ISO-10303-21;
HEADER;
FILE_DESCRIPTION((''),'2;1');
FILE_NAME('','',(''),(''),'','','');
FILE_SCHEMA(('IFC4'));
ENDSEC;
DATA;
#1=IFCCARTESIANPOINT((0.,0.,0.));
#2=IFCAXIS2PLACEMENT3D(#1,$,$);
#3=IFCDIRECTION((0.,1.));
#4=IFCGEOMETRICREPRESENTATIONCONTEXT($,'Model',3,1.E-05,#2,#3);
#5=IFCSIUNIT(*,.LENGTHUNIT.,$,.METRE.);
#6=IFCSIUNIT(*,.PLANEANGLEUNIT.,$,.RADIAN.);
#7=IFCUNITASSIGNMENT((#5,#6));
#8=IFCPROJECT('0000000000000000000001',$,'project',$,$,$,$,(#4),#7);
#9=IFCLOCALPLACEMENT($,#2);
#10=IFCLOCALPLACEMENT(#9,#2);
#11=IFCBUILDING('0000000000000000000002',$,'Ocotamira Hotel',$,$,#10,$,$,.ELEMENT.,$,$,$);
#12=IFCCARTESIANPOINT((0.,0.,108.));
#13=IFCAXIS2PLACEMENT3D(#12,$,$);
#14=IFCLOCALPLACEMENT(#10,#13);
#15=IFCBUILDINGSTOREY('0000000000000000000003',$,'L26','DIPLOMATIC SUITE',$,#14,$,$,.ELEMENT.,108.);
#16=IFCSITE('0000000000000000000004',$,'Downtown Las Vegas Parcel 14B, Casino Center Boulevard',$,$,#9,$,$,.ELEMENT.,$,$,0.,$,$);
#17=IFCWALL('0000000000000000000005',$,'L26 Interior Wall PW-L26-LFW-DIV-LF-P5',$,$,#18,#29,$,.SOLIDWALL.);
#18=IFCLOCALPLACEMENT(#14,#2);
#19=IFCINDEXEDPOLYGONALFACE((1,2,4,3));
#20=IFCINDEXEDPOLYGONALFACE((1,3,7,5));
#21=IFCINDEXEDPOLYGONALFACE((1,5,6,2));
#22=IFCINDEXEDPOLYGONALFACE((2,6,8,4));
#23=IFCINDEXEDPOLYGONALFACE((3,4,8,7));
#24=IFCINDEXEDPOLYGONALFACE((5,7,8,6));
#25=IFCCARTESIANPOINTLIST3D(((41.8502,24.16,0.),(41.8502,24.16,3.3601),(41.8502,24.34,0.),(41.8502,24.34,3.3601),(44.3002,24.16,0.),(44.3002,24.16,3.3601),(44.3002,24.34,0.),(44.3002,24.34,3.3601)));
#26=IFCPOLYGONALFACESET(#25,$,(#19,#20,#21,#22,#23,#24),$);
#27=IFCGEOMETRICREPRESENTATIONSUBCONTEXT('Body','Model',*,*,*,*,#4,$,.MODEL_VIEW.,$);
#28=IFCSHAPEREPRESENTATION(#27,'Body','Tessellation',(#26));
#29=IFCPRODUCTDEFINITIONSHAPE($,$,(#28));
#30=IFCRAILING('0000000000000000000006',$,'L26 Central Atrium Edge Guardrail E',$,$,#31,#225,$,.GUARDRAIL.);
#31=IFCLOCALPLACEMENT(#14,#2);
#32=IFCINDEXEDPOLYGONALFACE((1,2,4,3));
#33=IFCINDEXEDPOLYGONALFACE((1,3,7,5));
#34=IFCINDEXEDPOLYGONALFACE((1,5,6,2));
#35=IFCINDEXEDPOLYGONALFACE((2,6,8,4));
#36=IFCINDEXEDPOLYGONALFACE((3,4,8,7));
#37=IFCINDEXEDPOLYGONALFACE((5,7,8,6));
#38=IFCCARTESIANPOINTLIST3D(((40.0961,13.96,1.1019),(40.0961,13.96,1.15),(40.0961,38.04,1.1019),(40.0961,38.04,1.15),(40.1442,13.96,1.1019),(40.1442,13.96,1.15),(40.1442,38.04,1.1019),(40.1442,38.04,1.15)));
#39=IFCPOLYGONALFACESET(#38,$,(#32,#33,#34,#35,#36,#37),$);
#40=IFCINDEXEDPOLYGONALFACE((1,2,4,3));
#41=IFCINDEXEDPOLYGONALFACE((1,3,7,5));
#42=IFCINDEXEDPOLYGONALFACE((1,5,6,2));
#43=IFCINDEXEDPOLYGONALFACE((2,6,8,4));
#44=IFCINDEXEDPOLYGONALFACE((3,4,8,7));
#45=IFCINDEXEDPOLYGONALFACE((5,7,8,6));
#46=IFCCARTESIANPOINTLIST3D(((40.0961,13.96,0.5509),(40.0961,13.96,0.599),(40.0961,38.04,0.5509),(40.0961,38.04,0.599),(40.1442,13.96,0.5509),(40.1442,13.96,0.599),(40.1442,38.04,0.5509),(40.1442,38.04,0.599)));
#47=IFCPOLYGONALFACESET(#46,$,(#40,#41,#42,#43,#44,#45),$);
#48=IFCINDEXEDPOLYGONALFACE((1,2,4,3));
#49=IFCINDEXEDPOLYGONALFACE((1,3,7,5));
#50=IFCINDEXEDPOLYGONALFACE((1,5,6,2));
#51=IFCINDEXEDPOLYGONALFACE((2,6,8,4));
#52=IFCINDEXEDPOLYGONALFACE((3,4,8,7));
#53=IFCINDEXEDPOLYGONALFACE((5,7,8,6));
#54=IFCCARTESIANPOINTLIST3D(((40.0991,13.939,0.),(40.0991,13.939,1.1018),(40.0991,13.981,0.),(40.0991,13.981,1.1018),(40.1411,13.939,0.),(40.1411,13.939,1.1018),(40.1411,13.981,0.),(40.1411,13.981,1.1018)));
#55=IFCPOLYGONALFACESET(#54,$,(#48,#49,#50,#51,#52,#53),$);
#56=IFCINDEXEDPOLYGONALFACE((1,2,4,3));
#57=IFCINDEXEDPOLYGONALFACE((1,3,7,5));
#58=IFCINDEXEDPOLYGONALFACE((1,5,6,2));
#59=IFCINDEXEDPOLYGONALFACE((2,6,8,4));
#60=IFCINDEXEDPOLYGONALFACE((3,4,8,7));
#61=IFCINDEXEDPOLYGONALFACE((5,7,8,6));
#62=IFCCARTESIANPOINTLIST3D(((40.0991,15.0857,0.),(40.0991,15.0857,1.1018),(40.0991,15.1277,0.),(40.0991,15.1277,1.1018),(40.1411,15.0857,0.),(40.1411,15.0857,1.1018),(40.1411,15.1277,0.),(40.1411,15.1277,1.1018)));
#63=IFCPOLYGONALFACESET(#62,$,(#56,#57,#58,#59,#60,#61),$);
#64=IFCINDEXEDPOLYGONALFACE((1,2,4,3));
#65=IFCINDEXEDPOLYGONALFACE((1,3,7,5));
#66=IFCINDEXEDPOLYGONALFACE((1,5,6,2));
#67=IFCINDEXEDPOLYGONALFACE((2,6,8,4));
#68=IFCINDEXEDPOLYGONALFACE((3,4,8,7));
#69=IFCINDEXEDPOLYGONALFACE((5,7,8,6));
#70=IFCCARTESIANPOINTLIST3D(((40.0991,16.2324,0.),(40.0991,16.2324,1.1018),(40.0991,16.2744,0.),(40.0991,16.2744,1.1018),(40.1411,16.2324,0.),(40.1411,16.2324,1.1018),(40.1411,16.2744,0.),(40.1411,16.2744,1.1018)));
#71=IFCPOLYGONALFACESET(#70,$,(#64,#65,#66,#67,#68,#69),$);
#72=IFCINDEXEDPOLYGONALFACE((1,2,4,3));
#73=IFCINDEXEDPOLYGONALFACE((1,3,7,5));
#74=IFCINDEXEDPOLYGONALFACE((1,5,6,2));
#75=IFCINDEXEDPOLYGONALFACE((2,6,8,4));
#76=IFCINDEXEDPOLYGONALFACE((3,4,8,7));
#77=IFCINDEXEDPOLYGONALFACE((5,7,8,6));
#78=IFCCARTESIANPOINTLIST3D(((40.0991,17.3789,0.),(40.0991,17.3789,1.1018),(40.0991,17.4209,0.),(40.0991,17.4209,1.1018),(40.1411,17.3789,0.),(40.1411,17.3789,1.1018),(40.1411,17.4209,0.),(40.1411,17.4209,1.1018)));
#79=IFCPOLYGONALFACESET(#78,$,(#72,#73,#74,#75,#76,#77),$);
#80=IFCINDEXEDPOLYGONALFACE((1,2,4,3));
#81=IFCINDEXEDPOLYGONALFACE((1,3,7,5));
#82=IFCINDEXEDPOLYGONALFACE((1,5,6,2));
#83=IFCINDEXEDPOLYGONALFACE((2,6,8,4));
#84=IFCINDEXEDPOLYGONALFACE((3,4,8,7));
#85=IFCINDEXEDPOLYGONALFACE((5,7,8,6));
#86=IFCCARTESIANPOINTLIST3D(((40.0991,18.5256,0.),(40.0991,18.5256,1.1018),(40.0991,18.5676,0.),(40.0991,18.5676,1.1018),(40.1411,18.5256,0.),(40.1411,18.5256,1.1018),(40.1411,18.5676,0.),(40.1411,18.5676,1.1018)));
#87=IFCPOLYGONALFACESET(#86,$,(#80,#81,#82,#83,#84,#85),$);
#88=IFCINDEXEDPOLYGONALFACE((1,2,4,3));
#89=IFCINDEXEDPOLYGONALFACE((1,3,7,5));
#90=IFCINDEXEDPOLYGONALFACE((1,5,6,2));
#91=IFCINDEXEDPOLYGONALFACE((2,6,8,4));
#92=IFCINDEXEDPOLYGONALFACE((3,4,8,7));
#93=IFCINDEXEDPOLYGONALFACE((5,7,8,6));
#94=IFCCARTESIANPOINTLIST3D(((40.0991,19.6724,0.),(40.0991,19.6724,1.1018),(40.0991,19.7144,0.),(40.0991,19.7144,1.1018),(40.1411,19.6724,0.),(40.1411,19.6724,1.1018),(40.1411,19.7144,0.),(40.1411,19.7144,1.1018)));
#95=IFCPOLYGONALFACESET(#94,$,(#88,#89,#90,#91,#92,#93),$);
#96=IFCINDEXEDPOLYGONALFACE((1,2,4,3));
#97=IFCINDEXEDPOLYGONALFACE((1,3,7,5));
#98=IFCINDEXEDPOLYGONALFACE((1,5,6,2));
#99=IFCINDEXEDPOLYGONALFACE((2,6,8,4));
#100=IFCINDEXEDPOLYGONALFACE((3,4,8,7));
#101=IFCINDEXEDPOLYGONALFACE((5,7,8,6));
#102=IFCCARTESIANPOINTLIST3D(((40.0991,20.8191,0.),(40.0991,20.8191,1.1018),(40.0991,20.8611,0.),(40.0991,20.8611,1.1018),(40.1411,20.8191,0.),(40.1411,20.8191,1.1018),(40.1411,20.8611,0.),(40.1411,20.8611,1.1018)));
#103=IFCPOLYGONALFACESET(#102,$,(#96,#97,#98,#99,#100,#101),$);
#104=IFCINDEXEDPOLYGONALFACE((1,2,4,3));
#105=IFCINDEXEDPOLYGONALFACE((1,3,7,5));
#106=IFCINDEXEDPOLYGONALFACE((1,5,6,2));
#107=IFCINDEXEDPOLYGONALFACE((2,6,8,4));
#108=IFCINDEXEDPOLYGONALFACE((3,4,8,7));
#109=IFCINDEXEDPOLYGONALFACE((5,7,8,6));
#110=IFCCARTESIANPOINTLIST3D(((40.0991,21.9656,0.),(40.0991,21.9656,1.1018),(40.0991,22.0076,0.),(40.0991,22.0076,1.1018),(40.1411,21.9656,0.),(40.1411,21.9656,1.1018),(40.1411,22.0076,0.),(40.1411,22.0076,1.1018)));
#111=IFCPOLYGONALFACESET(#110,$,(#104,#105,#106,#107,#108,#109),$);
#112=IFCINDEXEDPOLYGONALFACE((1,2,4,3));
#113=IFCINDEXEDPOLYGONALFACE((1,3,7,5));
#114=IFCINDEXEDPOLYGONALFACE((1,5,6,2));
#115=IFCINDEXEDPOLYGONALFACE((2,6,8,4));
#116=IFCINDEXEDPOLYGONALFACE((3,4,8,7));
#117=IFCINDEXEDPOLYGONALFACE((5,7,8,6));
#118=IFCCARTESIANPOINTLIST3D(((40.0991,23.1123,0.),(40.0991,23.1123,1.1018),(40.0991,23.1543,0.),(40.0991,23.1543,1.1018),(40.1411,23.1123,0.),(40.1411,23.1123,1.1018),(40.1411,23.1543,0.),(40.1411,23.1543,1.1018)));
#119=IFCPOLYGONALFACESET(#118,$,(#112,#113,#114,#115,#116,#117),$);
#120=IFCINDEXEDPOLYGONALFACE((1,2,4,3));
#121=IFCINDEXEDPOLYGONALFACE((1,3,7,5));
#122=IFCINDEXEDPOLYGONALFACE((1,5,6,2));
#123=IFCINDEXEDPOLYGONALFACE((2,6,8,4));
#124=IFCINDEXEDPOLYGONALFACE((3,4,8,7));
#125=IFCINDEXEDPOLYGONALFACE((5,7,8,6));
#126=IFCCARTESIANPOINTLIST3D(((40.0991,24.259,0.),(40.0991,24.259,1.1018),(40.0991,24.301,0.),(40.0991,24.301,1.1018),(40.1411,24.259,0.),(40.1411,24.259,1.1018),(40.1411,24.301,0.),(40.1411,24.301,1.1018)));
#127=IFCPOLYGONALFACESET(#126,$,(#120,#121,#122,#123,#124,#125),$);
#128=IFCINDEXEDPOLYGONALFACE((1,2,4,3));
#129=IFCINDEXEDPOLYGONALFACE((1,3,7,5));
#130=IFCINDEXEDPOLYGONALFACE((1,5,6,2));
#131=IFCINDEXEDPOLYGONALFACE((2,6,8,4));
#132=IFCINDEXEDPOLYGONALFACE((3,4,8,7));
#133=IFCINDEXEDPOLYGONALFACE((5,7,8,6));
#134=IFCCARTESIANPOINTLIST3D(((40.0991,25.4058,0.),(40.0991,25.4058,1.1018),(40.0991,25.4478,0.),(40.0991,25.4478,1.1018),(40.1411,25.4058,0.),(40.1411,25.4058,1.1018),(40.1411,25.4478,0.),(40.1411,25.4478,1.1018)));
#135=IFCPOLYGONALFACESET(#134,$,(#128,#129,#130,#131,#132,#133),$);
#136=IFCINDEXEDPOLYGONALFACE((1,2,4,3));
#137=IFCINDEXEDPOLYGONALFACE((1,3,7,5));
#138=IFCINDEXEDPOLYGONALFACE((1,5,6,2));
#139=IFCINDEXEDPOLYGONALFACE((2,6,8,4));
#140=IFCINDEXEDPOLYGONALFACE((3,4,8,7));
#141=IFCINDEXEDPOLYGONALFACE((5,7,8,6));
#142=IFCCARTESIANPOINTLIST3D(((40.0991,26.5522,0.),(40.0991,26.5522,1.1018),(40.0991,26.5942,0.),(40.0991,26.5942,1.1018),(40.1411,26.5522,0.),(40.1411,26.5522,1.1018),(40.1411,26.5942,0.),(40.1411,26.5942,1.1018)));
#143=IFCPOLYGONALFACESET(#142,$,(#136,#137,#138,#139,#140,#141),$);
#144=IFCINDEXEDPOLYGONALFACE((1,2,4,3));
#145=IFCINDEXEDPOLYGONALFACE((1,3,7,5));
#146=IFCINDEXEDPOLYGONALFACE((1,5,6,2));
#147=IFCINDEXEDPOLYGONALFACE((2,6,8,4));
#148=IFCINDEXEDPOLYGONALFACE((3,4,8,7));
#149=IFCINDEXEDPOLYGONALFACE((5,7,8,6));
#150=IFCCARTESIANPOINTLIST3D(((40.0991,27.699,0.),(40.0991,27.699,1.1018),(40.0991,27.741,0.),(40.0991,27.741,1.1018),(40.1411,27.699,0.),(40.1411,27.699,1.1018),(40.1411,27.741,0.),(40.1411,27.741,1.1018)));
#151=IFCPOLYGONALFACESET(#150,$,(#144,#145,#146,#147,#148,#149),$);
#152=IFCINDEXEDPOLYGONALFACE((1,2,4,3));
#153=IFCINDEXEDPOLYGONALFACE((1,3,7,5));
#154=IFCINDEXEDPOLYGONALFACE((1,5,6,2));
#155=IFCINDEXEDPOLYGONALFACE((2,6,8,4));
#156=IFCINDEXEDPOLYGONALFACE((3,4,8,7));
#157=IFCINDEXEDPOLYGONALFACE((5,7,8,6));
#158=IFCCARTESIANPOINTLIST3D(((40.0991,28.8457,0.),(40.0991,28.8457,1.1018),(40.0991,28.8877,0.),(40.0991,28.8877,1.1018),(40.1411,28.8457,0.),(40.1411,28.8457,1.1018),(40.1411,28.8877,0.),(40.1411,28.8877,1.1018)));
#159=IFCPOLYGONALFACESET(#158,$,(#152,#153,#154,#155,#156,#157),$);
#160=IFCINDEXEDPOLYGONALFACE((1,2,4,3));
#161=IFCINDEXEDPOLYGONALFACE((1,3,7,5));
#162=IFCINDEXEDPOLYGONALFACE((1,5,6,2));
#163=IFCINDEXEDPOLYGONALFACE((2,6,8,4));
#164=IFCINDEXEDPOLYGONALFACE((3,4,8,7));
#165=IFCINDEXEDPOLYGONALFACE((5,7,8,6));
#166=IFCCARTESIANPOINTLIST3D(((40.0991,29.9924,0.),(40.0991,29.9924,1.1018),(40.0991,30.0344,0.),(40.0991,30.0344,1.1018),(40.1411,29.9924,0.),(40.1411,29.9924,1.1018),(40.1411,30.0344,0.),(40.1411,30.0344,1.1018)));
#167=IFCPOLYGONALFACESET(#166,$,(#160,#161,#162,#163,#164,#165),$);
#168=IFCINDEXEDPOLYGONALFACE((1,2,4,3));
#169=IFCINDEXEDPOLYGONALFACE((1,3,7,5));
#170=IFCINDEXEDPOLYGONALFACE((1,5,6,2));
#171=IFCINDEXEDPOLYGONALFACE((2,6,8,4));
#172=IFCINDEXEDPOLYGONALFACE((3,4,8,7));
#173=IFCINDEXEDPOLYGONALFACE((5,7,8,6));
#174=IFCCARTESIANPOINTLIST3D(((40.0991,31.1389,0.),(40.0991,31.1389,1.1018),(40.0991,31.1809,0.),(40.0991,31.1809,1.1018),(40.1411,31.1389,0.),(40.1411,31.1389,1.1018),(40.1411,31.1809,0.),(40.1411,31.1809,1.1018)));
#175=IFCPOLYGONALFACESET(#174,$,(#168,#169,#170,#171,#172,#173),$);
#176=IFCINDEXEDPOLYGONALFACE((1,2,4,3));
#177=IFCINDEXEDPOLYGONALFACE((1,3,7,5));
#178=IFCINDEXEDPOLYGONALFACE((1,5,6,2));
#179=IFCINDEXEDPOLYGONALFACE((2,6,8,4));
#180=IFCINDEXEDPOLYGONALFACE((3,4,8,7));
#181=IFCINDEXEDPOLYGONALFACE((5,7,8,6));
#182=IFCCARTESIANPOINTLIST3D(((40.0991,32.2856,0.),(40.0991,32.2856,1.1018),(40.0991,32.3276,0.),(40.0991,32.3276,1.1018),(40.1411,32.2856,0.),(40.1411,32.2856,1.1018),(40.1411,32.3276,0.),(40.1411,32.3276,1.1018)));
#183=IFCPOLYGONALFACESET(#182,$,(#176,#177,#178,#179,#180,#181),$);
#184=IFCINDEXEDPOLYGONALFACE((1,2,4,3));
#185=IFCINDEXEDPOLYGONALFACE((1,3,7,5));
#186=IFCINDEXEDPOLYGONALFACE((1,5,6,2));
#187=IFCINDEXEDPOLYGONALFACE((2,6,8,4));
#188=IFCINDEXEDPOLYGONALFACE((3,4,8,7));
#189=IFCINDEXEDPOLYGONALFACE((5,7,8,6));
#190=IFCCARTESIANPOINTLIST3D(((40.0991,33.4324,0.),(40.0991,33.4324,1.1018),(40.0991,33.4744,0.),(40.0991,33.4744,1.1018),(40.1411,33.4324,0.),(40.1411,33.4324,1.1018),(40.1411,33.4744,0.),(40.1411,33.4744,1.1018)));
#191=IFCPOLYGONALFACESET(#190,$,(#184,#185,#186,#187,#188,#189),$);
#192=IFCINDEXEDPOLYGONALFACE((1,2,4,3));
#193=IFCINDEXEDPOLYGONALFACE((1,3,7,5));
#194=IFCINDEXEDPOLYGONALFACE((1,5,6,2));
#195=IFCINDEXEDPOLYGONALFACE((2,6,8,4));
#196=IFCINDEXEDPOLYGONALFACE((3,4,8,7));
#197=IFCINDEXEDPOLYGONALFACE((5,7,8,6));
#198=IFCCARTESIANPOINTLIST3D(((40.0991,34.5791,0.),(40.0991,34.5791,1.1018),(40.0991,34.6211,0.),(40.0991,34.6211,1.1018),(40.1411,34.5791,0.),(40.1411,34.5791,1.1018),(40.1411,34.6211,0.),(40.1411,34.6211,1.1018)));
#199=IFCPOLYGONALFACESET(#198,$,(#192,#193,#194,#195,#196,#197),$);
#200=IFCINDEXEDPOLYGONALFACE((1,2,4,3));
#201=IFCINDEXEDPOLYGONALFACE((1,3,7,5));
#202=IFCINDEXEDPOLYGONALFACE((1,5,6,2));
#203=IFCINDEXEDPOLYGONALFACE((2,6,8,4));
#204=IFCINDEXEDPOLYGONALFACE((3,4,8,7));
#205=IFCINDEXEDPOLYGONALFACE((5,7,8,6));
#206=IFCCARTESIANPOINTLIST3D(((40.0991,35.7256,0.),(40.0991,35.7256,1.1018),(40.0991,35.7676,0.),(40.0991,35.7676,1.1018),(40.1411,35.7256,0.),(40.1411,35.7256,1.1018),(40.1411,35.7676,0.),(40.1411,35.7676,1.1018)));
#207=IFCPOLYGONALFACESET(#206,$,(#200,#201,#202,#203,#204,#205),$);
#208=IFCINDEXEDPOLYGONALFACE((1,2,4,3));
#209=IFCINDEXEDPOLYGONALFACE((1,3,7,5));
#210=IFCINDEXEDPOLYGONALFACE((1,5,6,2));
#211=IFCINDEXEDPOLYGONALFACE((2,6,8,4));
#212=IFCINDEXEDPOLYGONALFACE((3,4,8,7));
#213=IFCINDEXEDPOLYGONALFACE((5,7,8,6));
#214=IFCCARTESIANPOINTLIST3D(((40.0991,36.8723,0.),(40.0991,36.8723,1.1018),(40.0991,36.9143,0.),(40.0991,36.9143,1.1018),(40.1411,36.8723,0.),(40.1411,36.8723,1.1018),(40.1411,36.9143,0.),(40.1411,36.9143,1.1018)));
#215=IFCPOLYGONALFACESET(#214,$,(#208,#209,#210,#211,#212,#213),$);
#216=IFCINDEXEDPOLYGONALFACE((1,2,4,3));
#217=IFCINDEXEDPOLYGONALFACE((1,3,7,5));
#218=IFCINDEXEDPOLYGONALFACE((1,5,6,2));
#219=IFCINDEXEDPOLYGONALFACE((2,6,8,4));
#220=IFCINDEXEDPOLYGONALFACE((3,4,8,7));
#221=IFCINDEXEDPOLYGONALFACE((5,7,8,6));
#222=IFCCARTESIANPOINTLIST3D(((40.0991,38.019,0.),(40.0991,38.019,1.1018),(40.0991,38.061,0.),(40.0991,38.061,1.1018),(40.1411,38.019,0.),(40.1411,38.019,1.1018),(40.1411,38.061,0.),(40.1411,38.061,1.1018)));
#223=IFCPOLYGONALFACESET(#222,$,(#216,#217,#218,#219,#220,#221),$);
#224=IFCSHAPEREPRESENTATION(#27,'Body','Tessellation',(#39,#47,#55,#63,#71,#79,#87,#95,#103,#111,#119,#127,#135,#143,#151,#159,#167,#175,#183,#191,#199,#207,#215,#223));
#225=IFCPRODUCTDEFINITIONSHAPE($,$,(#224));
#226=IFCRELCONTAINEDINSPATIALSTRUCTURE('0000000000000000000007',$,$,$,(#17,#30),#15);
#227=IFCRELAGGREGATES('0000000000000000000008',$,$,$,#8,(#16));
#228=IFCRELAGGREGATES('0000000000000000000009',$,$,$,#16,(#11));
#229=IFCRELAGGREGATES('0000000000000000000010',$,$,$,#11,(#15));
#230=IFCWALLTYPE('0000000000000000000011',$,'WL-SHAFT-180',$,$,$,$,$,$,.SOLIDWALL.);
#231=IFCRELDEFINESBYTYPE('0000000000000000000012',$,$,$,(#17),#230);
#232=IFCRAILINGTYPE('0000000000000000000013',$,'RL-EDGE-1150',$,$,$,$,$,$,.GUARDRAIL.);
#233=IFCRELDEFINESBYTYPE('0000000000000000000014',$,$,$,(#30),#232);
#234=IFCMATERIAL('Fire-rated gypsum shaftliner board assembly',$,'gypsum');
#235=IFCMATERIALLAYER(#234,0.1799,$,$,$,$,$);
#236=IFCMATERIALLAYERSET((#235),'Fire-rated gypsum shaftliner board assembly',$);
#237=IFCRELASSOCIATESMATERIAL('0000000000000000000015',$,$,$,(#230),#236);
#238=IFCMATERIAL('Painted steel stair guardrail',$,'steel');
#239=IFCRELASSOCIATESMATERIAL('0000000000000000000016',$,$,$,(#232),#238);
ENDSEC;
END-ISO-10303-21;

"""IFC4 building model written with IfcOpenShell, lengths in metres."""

from ifc_helpers import new_model, si_unit, direction, frame, frame_2d, origin, origin_2d, place, context, subcontext, project, spatial, rectangle, extrude, material, layer, layer_set, type_object, element, save


model = new_model("IFC4")

# Units and contexts
model_context = context("Model", 3, precision=1e-05, world=origin(), true_north=direction((0.0, 1.0)))
body_context = subcontext(model_context, "Body", "Model", "MODEL_VIEW")
ifc_project = project(units=[si_unit("LENGTHUNIT", "METRE"), si_unit("PLANEANGLEUNIT", "RADIAN")], contexts=[model_context])

# Site, building, storey
site_placement = place(None, origin())
site = spatial("IfcSite", under=ifc_project, at=site_placement, Name="Downtown Las Vegas Parcel 14B, Casino Center Boulevard", CompositionType="ELEMENT", RefElevation=0.0)
building_placement = place(site_placement, origin())
building = spatial("IfcBuilding", under=site, at=building_placement, Name="Ocotamira Hotel", CompositionType="ELEMENT")
storey_placement = place(building_placement, frame((0.0, 0.0, 108.0)))
storey = spatial("IfcBuildingStorey", under=building, at=storey_placement, Name="L26", Description="DIPLOMATIC SUITE", CompositionType="ELEMENT", Elevation=108.0)

# Shared definitions
ifc_material_1 = material(Name="Fire-rated gypsum shaftliner board assembly", Category="gypsum")
ifc_layer_1 = layer(ifc_material_1, 0.1799)
ifc_layer_set_1 = layer_set([ifc_layer_1], Name="Fire-rated gypsum shaftliner board assembly")
wall_type_1 = type_object("IfcWallType", Name="WL-SHAFT-180", PredefinedType="SOLIDWALL", material=ifc_layer_set_1)

# Wall
for number, where, z_axis, x_axis, name in (
    (1, (41.8501, 24.25, 0.0), (0.0, 0.0, 1.0), (1.0, 0.0, 0.0), "L26 Interior Wall PW-L26-LFW-DIV-LF-P5"),
):
    element("IfcWall", number, at=place(storey_placement, frame(where, z_axis=z_axis, x_axis=x_axis)), inside=storey, type_object=wall_type_1, Name=name, PredefinedType="SOLIDWALL", context=body_context, shape_type="SweptSolid", body=[
        extrude(rectangle(XDim=2.45, YDim=0.1799, at=frame_2d((1.2251, 0.0))), origin(), (0.0, 0.0, 1.0), 3.3601),
    ])

# Railing
ifc_material_2 = material(Name="Painted steel stair guardrail", Category="steel")
railing_type = type_object("IfcRailingType", Name="RL-EDGE-1150", PredefinedType="GUARDRAIL", material=ifc_material_2)
railing_placement = place(storey_placement, frame((40.1201, 13.96, 0.0)))
element("IfcRailing", 2, at=railing_placement, inside=storey, type_object=railing_type, Name="L26 Central Atrium Edge Guardrail E", PredefinedType="GUARDRAIL", context=body_context, shape_type="SweptSolid", body=[
    extrude(rectangle(XDim=0.0481, YDim=0.0481, at=origin_2d()), frame((0.0, 0.0, 1.126), z_axis=(0.0, 1.0, 0.0), x_axis=(-1.0, 0.0, 0.0)), (0.0, 0.0, 1.0), 24.0801),
    extrude(rectangle(XDim=0.0481, YDim=0.0481, at=origin_2d()), frame((0.0, 0.0, 0.575), z_axis=(0.0, 1.0, 0.0), x_axis=(-1.0, 0.0, 0.0)), (0.0, 0.0, 1.0), 24.0801),
    extrude(rectangle(XDim=0.042, YDim=0.042, at=origin_2d()), origin(), (0.0, 0.0, 1.0), 1.1018),
    extrude(rectangle(XDim=0.042, YDim=0.042, at=origin_2d()), frame((0.0, 1.1467, 0.0)), (0.0, 0.0, 1.0), 1.1018),
    extrude(rectangle(XDim=0.042, YDim=0.042, at=origin_2d()), frame((0.0, 2.2935, 0.0)), (0.0, 0.0, 1.0), 1.1018),
    extrude(rectangle(XDim=0.042, YDim=0.042, at=origin_2d()), frame((0.0, 3.4399, 0.0)), (0.0, 0.0, 1.0), 1.1018),
    extrude(rectangle(XDim=0.042, YDim=0.042, at=origin_2d()), frame((0.0, 4.5867, 0.0)), (0.0, 0.0, 1.0), 1.1018),
    extrude(rectangle(XDim=0.042, YDim=0.042, at=origin_2d()), frame((0.0, 5.7334, 0.0)), (0.0, 0.0, 1.0), 1.1018),
    extrude(rectangle(XDim=0.042, YDim=0.042, at=origin_2d()), frame((0.0, 6.8801, 0.0)), (0.0, 0.0, 1.0), 1.1018),
    extrude(rectangle(XDim=0.042, YDim=0.042, at=origin_2d()), frame((0.0, 8.0266, 0.0)), (0.0, 0.0, 1.0), 1.1018),
    extrude(rectangle(XDim=0.042, YDim=0.042, at=origin_2d()), frame((0.0, 9.1733, 0.0)), (0.0, 0.0, 1.0), 1.1018),
    extrude(rectangle(XDim=0.042, YDim=0.042, at=origin_2d()), frame((0.0, 10.3201, 0.0)), (0.0, 0.0, 1.0), 1.1018),
    extrude(rectangle(XDim=0.042, YDim=0.042, at=origin_2d()), frame((0.0, 11.4668, 0.0)), (0.0, 0.0, 1.0), 1.1018),
    extrude(rectangle(XDim=0.042, YDim=0.042, at=origin_2d()), frame((0.0, 12.6133, 0.0)), (0.0, 0.0, 1.0), 1.1018),
    extrude(rectangle(XDim=0.042, YDim=0.042, at=origin_2d()), frame((0.0, 13.76, 0.0)), (0.0, 0.0, 1.0), 1.1018),
    extrude(rectangle(XDim=0.042, YDim=0.042, at=origin_2d()), frame((0.0, 14.9067, 0.0)), (0.0, 0.0, 1.0), 1.1018),
    extrude(rectangle(XDim=0.042, YDim=0.042, at=origin_2d()), frame((0.0, 16.0535, 0.0)), (0.0, 0.0, 1.0), 1.1018),
    extrude(rectangle(XDim=0.042, YDim=0.042, at=origin_2d()), frame((0.0, 17.2, 0.0)), (0.0, 0.0, 1.0), 1.1018),
    extrude(rectangle(XDim=0.042, YDim=0.042, at=origin_2d()), frame((0.0, 18.3467, 0.0)), (0.0, 0.0, 1.0), 1.1018),
    extrude(rectangle(XDim=0.042, YDim=0.042, at=origin_2d()), frame((0.0, 19.4934, 0.0)), (0.0, 0.0, 1.0), 1.1018),
    extrude(rectangle(XDim=0.042, YDim=0.042, at=origin_2d()), frame((0.0, 20.6401, 0.0)), (0.0, 0.0, 1.0), 1.1018),
    extrude(rectangle(XDim=0.042, YDim=0.042, at=origin_2d()), frame((0.0, 21.7866, 0.0)), (0.0, 0.0, 1.0), 1.1018),
    extrude(rectangle(XDim=0.042, YDim=0.042, at=origin_2d()), frame((0.0, 22.9333, 0.0)), (0.0, 0.0, 1.0), 1.1018),
    extrude(rectangle(XDim=0.042, YDim=0.042, at=origin_2d()), frame((0.0, 24.0801, 0.0)), (0.0, 0.0, 1.0), 1.1018),
])

save(model, "model.ifc")
